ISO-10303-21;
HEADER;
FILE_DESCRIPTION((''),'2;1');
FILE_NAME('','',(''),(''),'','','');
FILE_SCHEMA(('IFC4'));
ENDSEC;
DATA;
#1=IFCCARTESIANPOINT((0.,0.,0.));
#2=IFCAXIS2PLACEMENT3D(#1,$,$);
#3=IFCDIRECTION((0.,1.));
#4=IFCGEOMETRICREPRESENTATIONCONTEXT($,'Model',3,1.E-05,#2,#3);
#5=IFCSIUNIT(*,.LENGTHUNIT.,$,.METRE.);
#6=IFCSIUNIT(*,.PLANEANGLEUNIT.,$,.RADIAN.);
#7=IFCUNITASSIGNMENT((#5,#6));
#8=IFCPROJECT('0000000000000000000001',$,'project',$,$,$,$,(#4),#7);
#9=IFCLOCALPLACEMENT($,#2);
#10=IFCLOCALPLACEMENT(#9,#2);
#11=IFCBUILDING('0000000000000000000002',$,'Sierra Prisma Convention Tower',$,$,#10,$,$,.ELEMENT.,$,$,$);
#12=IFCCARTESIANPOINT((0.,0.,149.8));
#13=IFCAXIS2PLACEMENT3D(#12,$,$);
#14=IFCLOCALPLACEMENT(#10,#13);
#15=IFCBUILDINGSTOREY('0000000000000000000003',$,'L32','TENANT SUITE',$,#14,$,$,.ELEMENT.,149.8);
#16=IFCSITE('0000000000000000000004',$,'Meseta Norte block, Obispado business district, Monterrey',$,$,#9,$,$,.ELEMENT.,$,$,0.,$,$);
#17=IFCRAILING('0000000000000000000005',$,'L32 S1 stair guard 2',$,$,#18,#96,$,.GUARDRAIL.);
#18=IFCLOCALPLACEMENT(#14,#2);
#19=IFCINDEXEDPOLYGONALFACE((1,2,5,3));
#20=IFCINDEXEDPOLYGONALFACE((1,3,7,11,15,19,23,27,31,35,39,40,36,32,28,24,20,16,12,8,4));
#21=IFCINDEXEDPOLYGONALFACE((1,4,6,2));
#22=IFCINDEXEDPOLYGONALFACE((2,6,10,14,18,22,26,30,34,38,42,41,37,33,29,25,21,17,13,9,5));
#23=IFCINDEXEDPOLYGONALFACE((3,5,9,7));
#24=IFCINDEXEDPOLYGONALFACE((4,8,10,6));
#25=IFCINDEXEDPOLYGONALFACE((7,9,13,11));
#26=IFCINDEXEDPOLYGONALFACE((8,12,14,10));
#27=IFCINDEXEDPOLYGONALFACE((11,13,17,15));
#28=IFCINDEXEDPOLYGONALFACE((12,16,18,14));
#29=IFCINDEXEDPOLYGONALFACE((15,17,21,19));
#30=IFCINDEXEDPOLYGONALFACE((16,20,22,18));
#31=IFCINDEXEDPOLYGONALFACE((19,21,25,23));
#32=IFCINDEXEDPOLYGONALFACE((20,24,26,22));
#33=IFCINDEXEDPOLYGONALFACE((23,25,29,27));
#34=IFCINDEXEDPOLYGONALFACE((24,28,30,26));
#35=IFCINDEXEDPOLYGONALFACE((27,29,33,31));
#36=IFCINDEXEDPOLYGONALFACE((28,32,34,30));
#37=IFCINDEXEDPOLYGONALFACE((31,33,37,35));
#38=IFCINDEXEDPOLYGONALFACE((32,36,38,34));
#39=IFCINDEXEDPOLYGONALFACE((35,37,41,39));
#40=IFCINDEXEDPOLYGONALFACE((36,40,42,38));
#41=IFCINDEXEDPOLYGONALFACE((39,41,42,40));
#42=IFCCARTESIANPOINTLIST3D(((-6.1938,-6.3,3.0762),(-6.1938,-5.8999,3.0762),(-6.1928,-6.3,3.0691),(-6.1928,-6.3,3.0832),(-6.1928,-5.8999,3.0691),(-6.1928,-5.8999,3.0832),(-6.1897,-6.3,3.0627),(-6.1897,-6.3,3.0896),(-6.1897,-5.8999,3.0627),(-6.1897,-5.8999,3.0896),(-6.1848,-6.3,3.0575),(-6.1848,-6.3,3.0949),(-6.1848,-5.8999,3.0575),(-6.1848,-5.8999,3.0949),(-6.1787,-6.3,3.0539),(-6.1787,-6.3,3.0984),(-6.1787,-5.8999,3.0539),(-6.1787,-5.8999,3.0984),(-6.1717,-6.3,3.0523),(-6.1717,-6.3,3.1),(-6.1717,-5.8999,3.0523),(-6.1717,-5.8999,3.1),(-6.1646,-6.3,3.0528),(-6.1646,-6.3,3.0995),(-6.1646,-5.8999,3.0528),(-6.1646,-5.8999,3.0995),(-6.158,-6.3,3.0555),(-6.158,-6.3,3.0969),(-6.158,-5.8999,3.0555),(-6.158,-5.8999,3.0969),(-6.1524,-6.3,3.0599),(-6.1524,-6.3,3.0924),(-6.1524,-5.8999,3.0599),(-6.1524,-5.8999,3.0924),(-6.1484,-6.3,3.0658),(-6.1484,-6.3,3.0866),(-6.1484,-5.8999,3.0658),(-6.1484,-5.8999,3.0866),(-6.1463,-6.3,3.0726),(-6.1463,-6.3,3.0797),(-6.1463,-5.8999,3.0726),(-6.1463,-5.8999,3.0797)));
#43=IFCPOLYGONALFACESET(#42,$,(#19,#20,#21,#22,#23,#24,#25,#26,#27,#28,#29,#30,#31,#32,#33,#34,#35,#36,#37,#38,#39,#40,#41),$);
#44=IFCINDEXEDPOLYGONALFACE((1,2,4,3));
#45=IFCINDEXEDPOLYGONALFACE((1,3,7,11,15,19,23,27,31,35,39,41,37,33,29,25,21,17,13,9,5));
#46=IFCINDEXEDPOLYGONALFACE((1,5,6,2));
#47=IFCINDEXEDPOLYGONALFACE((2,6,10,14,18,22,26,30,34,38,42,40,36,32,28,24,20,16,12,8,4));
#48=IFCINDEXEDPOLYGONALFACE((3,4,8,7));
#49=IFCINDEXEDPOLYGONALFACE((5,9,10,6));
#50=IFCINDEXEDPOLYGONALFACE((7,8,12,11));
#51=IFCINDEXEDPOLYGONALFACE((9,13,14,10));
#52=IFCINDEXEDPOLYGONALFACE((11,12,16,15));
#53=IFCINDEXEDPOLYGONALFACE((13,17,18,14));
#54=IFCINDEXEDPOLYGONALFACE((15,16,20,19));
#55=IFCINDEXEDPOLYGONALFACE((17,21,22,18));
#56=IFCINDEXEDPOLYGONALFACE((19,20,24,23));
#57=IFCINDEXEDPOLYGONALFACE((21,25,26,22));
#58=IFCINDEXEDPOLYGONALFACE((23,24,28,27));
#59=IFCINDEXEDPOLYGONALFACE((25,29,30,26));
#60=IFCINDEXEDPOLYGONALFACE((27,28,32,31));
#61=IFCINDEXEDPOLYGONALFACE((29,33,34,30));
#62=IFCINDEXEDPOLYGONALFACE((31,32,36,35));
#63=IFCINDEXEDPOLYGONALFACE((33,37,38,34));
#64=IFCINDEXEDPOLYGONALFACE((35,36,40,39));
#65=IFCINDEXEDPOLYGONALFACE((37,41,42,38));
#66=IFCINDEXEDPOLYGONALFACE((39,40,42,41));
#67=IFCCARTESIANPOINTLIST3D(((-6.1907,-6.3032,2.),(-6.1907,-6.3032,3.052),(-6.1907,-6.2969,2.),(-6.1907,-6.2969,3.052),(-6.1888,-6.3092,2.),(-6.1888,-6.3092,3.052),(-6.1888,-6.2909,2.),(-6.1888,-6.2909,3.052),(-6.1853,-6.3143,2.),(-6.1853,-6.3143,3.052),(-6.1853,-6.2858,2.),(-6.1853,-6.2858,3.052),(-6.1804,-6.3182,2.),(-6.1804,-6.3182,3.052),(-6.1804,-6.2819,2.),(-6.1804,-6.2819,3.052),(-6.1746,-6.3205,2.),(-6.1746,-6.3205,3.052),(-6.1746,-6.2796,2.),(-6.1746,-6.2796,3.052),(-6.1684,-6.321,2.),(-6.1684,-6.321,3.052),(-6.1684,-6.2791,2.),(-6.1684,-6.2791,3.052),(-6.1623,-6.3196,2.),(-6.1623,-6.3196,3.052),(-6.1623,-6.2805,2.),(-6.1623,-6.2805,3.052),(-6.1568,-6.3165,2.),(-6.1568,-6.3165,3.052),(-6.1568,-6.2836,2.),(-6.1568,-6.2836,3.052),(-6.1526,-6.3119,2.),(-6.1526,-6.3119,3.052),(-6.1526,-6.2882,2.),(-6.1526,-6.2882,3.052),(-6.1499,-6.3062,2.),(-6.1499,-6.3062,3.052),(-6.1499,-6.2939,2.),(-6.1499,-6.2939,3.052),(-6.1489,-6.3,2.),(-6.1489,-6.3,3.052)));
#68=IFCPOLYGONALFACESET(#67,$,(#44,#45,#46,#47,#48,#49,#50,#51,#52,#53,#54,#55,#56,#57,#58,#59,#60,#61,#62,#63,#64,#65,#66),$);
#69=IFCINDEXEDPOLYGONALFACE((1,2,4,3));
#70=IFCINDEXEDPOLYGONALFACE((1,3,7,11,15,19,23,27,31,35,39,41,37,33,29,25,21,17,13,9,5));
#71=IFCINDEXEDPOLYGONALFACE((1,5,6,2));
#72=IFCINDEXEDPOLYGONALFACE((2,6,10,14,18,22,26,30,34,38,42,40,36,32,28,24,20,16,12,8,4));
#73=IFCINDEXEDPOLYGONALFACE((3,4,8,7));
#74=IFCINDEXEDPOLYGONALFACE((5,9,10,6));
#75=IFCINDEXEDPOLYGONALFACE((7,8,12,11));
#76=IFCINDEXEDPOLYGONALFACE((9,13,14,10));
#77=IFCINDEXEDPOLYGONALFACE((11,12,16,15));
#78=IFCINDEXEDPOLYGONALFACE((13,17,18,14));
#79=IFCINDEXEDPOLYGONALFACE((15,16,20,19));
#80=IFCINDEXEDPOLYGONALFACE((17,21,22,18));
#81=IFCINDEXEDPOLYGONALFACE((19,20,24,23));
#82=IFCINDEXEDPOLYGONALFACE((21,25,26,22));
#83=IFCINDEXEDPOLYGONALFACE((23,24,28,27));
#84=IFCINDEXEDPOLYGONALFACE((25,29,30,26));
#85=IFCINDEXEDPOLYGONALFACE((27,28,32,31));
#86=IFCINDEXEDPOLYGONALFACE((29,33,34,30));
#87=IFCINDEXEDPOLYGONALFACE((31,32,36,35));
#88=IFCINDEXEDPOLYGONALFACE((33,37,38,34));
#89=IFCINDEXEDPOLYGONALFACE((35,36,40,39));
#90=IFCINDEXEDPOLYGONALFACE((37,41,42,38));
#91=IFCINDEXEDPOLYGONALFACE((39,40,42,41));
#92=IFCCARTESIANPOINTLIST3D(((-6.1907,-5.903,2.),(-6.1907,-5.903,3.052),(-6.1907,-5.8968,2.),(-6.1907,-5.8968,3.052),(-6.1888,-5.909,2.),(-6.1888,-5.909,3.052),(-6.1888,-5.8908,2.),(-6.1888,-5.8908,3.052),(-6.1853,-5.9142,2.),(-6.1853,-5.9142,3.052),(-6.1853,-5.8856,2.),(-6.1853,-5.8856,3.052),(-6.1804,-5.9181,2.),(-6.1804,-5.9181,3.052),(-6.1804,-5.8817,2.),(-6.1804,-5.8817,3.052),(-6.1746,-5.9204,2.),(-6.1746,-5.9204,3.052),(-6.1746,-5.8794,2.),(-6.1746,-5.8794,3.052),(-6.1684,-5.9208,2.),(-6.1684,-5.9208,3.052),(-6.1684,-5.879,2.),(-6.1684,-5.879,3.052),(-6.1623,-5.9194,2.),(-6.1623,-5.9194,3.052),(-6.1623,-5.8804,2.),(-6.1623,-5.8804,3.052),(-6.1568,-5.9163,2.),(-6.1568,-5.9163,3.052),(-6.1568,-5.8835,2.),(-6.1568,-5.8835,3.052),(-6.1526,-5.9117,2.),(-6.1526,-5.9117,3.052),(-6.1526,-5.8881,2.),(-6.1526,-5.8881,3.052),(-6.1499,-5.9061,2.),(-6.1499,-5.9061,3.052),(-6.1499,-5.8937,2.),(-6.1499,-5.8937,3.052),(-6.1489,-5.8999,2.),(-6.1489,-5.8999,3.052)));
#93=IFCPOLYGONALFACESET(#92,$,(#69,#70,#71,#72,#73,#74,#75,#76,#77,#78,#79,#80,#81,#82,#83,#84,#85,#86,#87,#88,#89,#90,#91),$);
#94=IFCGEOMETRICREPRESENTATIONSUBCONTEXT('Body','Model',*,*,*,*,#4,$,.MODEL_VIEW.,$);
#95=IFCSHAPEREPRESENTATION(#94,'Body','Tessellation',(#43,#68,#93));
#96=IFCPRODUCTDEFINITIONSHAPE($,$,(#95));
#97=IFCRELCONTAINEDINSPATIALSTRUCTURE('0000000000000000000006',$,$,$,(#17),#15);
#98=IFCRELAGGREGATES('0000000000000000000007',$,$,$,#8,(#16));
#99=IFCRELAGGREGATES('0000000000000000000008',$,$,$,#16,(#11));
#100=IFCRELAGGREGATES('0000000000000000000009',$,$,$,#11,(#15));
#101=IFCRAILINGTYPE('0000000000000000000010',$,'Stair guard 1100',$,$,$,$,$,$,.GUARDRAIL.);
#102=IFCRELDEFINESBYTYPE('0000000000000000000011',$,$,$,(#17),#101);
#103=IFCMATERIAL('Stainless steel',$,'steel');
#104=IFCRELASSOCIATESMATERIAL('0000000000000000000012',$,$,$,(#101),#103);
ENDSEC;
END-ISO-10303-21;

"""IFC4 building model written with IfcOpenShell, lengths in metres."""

from ifc_helpers import new_model, si_unit, direction, frame, origin, origin_2d, place, context, subcontext, project, spatial, circle, extrude, material, type_object, element, save


model = new_model("IFC4")

# Units and contexts
model_context = context("Model", 3, precision=1e-05, world=origin(), true_north=direction((0.0, 1.0)))
body_context = subcontext(model_context, "Body", "Model", "MODEL_VIEW")
ifc_project = project(units=[si_unit("LENGTHUNIT", "METRE"), si_unit("PLANEANGLEUNIT", "RADIAN")], contexts=[model_context])

# Site, building, storey
site_placement = place(None, origin())
site = spatial("IfcSite", under=ifc_project, at=site_placement, Name="Meseta Norte block, Obispado business district, Monterrey", CompositionType="ELEMENT", RefElevation=0.0)
building_placement = place(site_placement, origin())
building = spatial("IfcBuilding", under=site, at=building_placement, Name="Sierra Prisma Convention Tower", CompositionType="ELEMENT")
storey_placement = place(building_placement, frame((0.0, 0.0, 149.8)))
storey = spatial("IfcBuildingStorey", under=building, at=storey_placement, Name="L32", Description="TENANT SUITE", CompositionType="ELEMENT", Elevation=149.8)

# Railing
ifc_material_1 = material(Name="Stainless steel", Category="steel")
railing_type_1 = type_object("IfcRailingType", Name="Stair guard 1100", PredefinedType="GUARDRAIL", material=ifc_material_1)
railing_1_placement = place(storey_placement, frame((-6.1699, -6.3, 2.0)))
element("IfcRailing", 1, at=railing_1_placement, inside=storey, type_object=railing_type_1, Name="L32 S1 stair guard 2", PredefinedType="GUARDRAIL", context=body_context, shape_type="SweptSolid", body=[
    extrude(circle(Radius=0.0239, at=origin_2d()), frame((0.0, 0.0, 1.0762), z_axis=(0.0, 1.0, 0.0), x_axis=(-1.0, 0.0, 0.0)), (0.0, 0.0, 1.0), 0.4001),
    extrude(circle(Radius=0.021, at=origin_2d()), origin(), (0.0, 0.0, 1.0), 1.052),
    extrude(circle(Radius=0.021, at=origin_2d()), frame((0.0, 0.4001, 0.0)), (0.0, 0.0, 1.0), 1.052),
])

save(model, "model.ifc")
